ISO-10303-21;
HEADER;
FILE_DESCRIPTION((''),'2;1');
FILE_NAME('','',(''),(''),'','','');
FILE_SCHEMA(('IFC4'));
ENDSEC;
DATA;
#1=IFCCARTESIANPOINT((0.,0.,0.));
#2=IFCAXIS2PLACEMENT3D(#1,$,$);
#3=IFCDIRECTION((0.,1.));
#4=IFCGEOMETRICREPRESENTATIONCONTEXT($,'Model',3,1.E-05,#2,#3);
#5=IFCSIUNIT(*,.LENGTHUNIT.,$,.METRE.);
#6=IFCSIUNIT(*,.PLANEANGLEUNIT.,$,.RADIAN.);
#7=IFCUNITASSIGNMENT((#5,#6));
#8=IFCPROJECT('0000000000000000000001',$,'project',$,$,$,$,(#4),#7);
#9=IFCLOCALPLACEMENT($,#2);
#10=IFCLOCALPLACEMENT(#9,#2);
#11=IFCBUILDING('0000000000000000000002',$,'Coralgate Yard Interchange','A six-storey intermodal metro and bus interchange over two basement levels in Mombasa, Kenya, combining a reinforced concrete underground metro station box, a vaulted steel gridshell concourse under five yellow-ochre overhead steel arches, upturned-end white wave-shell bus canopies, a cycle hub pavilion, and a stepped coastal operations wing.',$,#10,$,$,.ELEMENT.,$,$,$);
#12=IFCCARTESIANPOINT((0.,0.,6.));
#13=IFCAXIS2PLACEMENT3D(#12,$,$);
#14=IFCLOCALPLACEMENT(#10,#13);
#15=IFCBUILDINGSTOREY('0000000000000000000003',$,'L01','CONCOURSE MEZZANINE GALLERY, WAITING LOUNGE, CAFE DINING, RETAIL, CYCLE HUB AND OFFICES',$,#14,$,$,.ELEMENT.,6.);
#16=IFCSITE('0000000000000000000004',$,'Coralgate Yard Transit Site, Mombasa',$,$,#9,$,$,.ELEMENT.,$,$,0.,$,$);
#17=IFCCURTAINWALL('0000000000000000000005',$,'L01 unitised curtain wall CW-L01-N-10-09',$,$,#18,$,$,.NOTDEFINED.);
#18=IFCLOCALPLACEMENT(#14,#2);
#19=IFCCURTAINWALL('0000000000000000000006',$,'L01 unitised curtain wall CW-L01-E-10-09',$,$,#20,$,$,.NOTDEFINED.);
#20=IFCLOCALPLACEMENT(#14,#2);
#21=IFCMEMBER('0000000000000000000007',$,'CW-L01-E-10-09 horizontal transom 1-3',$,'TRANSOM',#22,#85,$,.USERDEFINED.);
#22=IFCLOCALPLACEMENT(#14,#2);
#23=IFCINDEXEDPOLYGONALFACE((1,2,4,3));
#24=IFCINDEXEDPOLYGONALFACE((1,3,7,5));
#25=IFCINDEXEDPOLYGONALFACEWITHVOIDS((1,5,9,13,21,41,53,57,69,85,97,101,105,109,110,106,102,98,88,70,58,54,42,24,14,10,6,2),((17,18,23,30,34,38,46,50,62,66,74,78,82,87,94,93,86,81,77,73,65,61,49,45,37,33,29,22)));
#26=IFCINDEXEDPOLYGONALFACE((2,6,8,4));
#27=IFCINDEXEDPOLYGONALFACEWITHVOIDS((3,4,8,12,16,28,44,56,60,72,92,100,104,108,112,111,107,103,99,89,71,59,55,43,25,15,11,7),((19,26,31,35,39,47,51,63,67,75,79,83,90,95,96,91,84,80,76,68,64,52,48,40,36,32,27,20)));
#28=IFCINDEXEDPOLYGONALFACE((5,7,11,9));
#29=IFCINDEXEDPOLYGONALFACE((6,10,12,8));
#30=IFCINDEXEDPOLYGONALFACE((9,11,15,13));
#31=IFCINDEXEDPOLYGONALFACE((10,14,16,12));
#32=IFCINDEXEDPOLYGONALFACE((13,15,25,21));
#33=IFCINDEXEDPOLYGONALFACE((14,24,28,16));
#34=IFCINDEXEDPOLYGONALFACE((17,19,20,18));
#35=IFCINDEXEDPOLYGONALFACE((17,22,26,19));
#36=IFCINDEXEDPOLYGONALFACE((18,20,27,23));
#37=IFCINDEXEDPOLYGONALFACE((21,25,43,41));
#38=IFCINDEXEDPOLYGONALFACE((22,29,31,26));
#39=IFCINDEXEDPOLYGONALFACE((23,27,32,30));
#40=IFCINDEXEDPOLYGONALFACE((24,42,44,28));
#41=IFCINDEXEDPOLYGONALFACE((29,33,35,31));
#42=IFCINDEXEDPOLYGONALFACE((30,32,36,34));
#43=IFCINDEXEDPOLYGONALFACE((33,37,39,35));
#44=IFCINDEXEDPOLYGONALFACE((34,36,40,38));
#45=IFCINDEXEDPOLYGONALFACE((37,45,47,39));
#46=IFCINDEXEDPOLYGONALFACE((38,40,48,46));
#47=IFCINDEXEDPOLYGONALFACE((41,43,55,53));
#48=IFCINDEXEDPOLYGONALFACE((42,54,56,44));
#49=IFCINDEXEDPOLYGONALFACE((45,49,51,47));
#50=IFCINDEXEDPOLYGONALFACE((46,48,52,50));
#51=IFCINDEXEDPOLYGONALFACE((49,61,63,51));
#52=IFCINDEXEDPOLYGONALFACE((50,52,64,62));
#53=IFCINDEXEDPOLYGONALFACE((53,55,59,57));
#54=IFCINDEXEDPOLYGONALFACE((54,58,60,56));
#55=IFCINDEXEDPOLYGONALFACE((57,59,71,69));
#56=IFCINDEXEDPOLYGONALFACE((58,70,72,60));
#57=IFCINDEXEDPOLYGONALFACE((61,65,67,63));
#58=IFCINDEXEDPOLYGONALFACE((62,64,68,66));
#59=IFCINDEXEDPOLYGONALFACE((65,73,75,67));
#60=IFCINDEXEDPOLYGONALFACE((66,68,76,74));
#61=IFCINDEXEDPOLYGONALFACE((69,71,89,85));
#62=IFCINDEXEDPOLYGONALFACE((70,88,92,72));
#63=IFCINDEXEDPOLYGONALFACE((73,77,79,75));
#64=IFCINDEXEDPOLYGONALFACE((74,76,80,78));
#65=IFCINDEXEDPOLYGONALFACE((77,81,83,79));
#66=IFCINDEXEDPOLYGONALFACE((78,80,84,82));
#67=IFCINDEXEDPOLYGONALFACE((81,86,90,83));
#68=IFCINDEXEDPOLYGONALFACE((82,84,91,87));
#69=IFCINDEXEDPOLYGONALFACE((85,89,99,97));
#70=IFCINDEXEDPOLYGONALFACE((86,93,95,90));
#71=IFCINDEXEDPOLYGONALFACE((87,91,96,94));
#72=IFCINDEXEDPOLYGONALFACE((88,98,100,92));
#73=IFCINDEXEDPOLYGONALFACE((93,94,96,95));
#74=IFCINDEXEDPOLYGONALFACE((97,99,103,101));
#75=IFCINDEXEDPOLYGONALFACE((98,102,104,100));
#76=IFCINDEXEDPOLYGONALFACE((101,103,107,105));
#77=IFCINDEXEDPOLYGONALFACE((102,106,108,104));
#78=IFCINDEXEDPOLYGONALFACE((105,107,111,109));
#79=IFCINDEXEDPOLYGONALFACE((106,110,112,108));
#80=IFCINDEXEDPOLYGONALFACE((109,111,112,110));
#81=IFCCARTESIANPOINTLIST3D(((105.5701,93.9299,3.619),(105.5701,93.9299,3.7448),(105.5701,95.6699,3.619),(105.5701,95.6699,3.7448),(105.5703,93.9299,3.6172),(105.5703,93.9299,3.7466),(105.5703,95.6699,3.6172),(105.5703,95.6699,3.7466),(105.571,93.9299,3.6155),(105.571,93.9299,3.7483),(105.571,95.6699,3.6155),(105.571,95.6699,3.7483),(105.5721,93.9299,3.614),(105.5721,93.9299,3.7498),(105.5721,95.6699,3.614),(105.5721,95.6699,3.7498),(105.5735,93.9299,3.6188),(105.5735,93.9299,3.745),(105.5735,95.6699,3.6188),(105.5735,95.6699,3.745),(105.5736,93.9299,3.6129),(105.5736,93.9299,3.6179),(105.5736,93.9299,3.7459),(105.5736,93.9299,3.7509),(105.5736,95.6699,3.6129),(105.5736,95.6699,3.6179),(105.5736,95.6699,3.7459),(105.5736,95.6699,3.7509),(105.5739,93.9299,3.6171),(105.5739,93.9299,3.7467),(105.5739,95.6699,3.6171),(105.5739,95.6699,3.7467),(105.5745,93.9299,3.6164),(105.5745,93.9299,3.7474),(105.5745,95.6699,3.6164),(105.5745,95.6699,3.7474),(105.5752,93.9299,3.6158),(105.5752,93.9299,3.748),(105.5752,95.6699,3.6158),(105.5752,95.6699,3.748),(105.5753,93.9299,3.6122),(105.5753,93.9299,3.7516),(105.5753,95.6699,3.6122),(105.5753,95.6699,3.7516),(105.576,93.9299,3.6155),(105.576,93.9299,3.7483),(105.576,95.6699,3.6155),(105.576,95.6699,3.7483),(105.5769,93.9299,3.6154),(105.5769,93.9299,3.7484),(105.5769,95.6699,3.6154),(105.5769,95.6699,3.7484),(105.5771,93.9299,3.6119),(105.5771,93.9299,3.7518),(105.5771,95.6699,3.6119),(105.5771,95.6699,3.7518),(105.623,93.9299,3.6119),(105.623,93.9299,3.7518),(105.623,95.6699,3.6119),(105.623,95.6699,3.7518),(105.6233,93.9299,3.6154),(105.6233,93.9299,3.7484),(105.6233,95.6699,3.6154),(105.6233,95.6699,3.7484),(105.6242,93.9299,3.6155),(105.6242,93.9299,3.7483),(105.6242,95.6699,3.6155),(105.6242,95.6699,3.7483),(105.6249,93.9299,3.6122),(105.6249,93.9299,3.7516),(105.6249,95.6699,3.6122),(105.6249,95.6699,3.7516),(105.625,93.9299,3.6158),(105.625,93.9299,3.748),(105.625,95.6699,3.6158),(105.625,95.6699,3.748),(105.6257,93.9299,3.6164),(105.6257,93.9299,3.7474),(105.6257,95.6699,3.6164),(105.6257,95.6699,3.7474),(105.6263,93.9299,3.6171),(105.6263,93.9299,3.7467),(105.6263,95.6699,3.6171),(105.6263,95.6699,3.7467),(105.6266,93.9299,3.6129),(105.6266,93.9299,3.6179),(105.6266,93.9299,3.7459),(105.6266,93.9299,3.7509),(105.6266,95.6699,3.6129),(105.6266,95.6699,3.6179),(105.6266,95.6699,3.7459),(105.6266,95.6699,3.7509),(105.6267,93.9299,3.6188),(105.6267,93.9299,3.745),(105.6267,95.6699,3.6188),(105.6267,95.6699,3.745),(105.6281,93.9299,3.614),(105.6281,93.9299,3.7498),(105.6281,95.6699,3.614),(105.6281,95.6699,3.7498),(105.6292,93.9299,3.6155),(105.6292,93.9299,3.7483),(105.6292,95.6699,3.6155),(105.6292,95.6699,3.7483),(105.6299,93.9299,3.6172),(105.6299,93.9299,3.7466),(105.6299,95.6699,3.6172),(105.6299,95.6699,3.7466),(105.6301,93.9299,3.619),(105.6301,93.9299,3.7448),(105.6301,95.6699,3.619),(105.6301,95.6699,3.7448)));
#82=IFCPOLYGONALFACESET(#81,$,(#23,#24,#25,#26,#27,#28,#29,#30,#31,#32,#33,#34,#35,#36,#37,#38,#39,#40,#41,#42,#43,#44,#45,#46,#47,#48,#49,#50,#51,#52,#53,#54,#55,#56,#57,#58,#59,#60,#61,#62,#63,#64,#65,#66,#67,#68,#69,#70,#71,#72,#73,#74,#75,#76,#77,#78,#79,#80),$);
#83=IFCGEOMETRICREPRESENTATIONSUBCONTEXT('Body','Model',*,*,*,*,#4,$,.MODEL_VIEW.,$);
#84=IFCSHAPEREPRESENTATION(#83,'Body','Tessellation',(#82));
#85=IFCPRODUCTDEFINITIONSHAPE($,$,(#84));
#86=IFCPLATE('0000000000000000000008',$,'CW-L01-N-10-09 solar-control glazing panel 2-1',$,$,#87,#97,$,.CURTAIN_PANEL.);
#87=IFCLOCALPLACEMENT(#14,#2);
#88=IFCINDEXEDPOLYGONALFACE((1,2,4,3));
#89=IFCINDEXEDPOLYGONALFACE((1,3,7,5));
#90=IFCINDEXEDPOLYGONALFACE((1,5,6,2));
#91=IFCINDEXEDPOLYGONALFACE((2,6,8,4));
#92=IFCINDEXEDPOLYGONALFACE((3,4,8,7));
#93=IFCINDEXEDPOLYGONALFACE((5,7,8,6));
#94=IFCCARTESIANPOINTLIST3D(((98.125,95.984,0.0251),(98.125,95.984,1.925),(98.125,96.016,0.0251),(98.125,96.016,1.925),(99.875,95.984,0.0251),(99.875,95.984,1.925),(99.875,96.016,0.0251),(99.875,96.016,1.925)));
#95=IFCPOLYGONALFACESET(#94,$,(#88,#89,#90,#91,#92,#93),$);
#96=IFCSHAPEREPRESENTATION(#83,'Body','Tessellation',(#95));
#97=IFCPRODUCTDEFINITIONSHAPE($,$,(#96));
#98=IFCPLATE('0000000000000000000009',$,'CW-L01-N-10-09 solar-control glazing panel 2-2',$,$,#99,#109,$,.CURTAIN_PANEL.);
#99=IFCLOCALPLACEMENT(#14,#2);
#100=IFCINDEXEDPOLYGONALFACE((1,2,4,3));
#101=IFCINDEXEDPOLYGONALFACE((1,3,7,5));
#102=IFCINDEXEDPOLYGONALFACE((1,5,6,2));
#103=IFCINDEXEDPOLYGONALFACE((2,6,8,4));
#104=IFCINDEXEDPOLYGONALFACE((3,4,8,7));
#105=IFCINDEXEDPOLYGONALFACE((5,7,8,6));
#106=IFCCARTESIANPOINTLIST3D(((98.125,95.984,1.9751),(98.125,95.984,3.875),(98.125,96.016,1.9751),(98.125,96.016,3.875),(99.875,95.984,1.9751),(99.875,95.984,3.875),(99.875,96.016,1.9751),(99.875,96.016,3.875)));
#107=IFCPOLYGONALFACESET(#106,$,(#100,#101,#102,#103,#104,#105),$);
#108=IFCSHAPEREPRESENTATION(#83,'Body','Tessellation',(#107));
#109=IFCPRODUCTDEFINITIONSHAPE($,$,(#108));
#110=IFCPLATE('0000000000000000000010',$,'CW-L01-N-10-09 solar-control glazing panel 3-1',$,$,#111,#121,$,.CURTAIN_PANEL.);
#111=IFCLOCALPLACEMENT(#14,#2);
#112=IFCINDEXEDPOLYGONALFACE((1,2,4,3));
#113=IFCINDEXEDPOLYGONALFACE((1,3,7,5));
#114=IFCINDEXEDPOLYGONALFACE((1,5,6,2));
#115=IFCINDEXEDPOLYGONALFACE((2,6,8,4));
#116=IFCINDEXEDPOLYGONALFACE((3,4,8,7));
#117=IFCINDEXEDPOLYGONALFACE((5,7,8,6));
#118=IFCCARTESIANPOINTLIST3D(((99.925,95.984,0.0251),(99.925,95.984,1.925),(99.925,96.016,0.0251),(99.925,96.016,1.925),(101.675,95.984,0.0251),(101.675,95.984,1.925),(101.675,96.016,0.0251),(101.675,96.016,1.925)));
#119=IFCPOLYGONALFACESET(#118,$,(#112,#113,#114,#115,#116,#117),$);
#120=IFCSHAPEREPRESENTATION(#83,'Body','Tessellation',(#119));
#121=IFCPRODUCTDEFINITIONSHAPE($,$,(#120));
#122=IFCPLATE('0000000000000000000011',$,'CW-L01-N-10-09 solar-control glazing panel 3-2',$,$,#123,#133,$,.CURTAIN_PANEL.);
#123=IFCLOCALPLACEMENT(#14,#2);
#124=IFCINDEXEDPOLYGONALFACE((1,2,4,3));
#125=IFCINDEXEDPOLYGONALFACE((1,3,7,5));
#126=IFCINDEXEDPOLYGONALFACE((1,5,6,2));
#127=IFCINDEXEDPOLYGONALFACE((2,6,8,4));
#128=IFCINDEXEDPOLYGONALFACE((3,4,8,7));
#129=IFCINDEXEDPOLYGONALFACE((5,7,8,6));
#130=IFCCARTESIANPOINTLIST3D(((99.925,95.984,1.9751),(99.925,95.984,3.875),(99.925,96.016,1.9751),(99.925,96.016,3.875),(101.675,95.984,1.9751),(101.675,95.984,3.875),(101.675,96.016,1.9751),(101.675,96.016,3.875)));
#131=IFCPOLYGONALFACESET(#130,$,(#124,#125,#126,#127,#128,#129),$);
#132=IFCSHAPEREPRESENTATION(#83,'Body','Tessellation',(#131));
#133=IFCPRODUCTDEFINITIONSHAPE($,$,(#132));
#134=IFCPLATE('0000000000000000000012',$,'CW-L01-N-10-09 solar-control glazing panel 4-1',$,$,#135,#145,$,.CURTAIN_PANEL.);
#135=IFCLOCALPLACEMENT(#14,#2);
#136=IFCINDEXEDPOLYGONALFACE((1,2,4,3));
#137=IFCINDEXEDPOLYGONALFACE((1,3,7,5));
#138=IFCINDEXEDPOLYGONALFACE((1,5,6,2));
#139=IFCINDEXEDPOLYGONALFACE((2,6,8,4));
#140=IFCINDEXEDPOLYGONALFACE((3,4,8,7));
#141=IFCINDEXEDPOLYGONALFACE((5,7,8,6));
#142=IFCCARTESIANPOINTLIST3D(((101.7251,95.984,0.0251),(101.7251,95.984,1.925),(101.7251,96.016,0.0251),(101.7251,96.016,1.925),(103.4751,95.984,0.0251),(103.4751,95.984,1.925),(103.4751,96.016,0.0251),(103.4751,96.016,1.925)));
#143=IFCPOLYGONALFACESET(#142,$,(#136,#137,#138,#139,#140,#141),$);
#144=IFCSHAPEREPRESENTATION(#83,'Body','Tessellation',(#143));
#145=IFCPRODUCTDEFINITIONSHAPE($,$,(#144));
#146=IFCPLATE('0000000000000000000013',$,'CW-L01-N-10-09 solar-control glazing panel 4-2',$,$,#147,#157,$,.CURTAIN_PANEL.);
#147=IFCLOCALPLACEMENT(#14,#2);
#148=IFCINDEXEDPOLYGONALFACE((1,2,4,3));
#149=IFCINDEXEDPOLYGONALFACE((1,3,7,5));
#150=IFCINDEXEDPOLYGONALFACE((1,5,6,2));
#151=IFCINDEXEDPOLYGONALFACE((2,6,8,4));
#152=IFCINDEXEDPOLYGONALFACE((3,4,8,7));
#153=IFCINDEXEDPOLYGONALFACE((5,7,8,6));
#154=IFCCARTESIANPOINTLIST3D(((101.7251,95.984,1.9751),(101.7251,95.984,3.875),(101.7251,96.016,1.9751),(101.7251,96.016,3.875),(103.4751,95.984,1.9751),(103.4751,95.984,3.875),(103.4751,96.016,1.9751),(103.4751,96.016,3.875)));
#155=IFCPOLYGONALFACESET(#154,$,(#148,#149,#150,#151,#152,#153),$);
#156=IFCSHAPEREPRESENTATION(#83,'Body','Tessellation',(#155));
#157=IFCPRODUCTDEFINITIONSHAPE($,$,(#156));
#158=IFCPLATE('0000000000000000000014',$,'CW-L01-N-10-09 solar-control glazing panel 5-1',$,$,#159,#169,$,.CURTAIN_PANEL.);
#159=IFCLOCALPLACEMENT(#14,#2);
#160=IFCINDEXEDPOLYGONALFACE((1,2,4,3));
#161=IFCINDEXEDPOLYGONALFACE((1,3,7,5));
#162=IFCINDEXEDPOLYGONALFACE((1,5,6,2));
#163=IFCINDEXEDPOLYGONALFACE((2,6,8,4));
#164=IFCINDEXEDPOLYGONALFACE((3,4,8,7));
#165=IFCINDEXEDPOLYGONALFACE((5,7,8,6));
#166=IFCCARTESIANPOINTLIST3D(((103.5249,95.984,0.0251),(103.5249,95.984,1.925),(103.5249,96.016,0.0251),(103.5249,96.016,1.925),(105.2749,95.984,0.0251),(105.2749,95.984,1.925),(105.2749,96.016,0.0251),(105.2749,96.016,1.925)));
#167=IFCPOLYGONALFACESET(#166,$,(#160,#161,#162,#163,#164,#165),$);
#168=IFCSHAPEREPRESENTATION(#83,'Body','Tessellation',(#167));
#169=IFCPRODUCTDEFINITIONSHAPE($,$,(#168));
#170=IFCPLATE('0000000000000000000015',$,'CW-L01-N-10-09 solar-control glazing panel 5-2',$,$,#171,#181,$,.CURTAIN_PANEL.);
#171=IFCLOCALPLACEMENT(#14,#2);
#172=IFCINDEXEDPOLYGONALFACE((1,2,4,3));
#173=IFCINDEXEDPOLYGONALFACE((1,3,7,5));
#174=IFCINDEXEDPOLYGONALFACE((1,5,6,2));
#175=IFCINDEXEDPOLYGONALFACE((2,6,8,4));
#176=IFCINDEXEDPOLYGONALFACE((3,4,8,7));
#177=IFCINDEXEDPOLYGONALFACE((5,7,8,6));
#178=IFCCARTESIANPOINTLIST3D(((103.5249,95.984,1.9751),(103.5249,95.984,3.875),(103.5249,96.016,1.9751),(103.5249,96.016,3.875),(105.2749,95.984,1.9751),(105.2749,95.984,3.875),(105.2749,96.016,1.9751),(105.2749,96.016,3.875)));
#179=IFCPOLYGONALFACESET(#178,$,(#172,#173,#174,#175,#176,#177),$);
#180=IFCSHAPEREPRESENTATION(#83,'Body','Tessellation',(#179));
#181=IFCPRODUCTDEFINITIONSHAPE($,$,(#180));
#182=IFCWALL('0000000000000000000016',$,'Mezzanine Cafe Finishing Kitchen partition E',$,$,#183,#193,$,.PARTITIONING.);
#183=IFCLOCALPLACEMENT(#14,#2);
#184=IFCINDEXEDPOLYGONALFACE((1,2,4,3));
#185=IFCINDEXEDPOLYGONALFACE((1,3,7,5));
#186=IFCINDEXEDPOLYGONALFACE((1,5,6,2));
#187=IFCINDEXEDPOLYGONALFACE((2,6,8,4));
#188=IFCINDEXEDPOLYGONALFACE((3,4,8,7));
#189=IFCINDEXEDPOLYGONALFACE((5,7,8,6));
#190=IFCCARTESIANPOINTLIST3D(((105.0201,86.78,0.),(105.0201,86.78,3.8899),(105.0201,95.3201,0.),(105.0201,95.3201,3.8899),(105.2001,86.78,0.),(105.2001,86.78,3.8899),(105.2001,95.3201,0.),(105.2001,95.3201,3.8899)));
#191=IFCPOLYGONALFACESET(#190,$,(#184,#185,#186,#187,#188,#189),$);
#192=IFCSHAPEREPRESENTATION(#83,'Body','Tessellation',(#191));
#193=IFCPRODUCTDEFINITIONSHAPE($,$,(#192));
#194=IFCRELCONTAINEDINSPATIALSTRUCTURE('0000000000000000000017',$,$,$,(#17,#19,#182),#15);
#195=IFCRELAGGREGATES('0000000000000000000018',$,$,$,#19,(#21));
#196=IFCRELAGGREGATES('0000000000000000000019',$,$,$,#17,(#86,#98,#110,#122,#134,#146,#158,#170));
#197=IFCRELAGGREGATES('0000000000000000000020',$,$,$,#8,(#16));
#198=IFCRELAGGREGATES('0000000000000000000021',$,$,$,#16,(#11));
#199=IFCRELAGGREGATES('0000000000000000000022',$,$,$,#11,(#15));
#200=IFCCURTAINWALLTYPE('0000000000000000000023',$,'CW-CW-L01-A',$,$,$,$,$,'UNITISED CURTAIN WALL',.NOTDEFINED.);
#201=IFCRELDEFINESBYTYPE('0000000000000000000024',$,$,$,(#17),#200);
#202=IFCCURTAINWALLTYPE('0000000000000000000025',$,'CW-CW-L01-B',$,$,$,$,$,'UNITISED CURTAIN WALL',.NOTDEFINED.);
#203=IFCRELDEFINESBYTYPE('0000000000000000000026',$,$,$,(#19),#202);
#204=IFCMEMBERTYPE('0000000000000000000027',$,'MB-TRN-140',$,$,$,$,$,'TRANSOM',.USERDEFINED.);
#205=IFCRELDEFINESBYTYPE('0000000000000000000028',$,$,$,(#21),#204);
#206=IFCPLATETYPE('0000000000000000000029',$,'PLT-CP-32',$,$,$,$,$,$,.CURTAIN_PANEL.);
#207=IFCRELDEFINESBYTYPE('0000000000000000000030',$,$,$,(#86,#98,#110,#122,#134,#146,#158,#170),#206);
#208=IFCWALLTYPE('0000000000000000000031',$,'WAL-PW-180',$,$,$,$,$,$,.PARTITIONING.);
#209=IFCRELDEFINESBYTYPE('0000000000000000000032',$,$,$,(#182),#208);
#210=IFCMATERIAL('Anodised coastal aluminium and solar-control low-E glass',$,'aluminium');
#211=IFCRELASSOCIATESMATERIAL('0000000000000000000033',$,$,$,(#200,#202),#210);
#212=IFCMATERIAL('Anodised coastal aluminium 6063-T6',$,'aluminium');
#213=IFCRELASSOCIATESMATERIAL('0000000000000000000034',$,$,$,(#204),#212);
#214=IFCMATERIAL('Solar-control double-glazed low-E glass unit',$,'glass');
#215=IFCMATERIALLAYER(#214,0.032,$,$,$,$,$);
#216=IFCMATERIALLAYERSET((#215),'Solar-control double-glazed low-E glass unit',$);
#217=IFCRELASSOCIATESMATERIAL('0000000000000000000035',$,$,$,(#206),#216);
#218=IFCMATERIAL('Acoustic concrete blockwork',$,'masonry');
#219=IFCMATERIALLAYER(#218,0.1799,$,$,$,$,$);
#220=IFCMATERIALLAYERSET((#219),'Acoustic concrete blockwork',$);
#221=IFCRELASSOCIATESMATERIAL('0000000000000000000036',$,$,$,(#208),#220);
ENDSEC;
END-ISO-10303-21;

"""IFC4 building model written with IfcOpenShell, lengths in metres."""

from ifc_helpers import new_model, si_unit, direction, frame, frame_2d, origin, origin_2d, place, context, subcontext, project, spatial, rectangle, hollow_rectangle, extrude, material, layer, layer_set, material_profile, profile_set, type_object, element, aggregate, save


model = new_model("IFC4")

# Units and contexts
model_context = context("Model", 3, precision=1e-05, world=origin(), true_north=direction((0.0, 1.0)))
body_context = subcontext(model_context, "Body", "Model", "MODEL_VIEW")
ifc_project = project(units=[si_unit("LENGTHUNIT", "METRE"), si_unit("PLANEANGLEUNIT", "RADIAN")], contexts=[model_context])

# Site, building, storey
site_placement = place(None, origin())
site = spatial("IfcSite", under=ifc_project, at=site_placement, Name="Coralgate Yard Transit Site, Mombasa", CompositionType="ELEMENT", RefElevation=0.0)
building_placement = place(site_placement, origin())
building = spatial("IfcBuilding", under=site, at=building_placement, Name="Coralgate Yard Interchange", Description="A six-storey intermodal metro and bus interchange over two basement levels in Mombasa, Kenya, combining a reinforced concrete underground metro station box, a vaulted steel gridshell concourse under five yellow-ochre overhead steel arches, upturned-end white wave-shell bus canopies, a cycle hub pavilion, and a stepped coastal operations wing.", CompositionType="ELEMENT")
storey_placement = place(building_placement, frame((0.0, 0.0, 6.0)))
storey = spatial("IfcBuildingStorey", under=building, at=storey_placement, Name="L01", Description="CONCOURSE MEZZANINE GALLERY, WAITING LOUNGE, CAFE DINING, RETAIL, CYCLE HUB AND OFFICES", CompositionType="ELEMENT", Elevation=6.0)

# Curtain wall
ifc_material_1 = material(Name="Anodised coastal aluminium and solar-control low-E glass", Category="aluminium")
curtain_wall_type_1 = type_object("IfcCurtainWallType", Name="CW-CW-L01-A", ElementType="UNITISED CURTAIN WALL", PredefinedType="NOTDEFINED", material=ifc_material_1)
curtain_wall_1_placement = place(storey_placement, origin())
curtain_wall_1 = element("IfcCurtainWall", 1, at=curtain_wall_1_placement, inside=storey, type_object=curtain_wall_type_1, Name="L01 unitised curtain wall CW-L01-N-10-09", PredefinedType="NOTDEFINED")
ifc_material_2 = material(Name="Anodised coastal aluminium 6063-T6", Category="aluminium")

# Curtain wall
curtain_wall_type_2 = type_object("IfcCurtainWallType", Name="CW-CW-L01-B", ElementType="UNITISED CURTAIN WALL", PredefinedType="NOTDEFINED", material=ifc_material_1)
curtain_wall_2_placement = place(storey_placement, origin())
curtain_wall_2 = element("IfcCurtainWall", 2, at=curtain_wall_2_placement, inside=storey, type_object=curtain_wall_type_2, Name="L01 unitised curtain wall CW-L01-E-10-09", PredefinedType="NOTDEFINED")

# Member
ifc_material_profile_1 = material_profile(ifc_material_2, hollow_rectangle(XDim=0.0601, YDim=0.1399, WallThickness=0.0034, InnerFilletRadius=0.0034, OuterFilletRadius=0.0071, at=origin_2d()), Name="ALU 60x140x3.5")
ifc_profile_set_1 = profile_set([ifc_material_profile_1], Name="Anodised coastal aluminium 6063-T6")
member_type_1 = type_object("IfcMemberType", Name="MB-TRN-140", ElementType="TRANSOM", PredefinedType="USERDEFINED", material=ifc_profile_set_1)
member_1_placement = place(storey_placement, frame((105.6001, 95.6699, 3.6819), z_axis=(0.0, -1.0, 0.0), x_axis=(1.0, 0.0, 0.0)))
member_1 = element("IfcMember", 3, at=member_1_placement, type_object=member_type_1, Name="CW-L01-E-10-09 horizontal transom 1-3", ObjectType="TRANSOM", PredefinedType="USERDEFINED", context=body_context, shape_type="SweptSolid", body=[
    extrude(hollow_rectangle(XDim=0.0601, YDim=0.1399, WallThickness=0.0034, InnerFilletRadius=0.0034, OuterFilletRadius=0.0071, at=origin_2d()), origin(), (0.0, 0.0, 1.0), 1.74),
])
aggregate(curtain_wall_2, [member_1])

# Plates
ifc_material_3 = material(Name="Solar-control double-glazed low-E glass unit", Category="glass")
ifc_layer_1 = layer(ifc_material_3, 0.032)
ifc_layer_set_1 = layer_set([ifc_layer_1], Name="Solar-control double-glazed low-E glass unit")
plate_type = type_object("IfcPlateType", Name="PLT-CP-32", PredefinedType="CURTAIN_PANEL", material=ifc_layer_set_1)
plate_1_placement = place(storey_placement, frame((99.0, 96.0, 0.0251), z_axis=(0.0, 0.0, 1.0), x_axis=(1.0, 0.0, 0.0)))
plate_1 = element("IfcPlate", 4, at=plate_1_placement, type_object=plate_type, Name="CW-L01-N-10-09 solar-control glazing panel 2-1", PredefinedType="CURTAIN_PANEL", context=body_context, shape_type="SweptSolid", body=[
    extrude(rectangle(XDim=1.75, YDim=0.032, at=origin_2d()), origin(), (0.0, 0.0, 1.0), 1.8999),
])
plate_2_placement = place(storey_placement, frame((99.0, 96.0, 1.9751), z_axis=(0.0, 0.0, 1.0), x_axis=(1.0, 0.0, 0.0)))
plate_2 = element("IfcPlate", 5, at=plate_2_placement, type_object=plate_type, Name="CW-L01-N-10-09 solar-control glazing panel 2-2", PredefinedType="CURTAIN_PANEL", context=body_context, shape_type="SweptSolid", body=[
    extrude(rectangle(XDim=1.75, YDim=0.032, at=origin_2d()), origin(), (0.0, 0.0, 1.0), 1.8999),
])
plate_3_placement = place(storey_placement, frame((100.8, 96.0, 0.0251), z_axis=(0.0, 0.0, 1.0), x_axis=(1.0, 0.0, 0.0)))
plate_3 = element("IfcPlate", 6, at=plate_3_placement, type_object=plate_type, Name="CW-L01-N-10-09 solar-control glazing panel 3-1", PredefinedType="CURTAIN_PANEL", context=body_context, shape_type="SweptSolid", body=[
    extrude(rectangle(XDim=1.75, YDim=0.032, at=origin_2d()), origin(), (0.0, 0.0, 1.0), 1.8999),
])
plate_4_placement = place(storey_placement, frame((100.8, 96.0, 1.9751), z_axis=(0.0, 0.0, 1.0), x_axis=(1.0, 0.0, 0.0)))
plate_4 = element("IfcPlate", 7, at=plate_4_placement, type_object=plate_type, Name="CW-L01-N-10-09 solar-control glazing panel 3-2", PredefinedType="CURTAIN_PANEL", context=body_context, shape_type="SweptSolid", body=[
    extrude(rectangle(XDim=1.75, YDim=0.032, at=origin_2d()), origin(), (0.0, 0.0, 1.0), 1.8999),
])
plate_5_placement = place(storey_placement, frame((102.6001, 96.0, 0.0251), z_axis=(0.0, 0.0, 1.0), x_axis=(1.0, 0.0, 0.0)))
plate_5 = element("IfcPlate", 8, at=plate_5_placement, type_object=plate_type, Name="CW-L01-N-10-09 solar-control glazing panel 4-1", PredefinedType="CURTAIN_PANEL", context=body_context, shape_type="SweptSolid", body=[
    extrude(rectangle(XDim=1.75, YDim=0.032, at=origin_2d()), origin(), (0.0, 0.0, 1.0), 1.8999),
])
plate_6_placement = place(storey_placement, frame((102.6001, 96.0, 1.9751), z_axis=(0.0, 0.0, 1.0), x_axis=(1.0, 0.0, 0.0)))
plate_6 = element("IfcPlate", 9, at=plate_6_placement, type_object=plate_type, Name="CW-L01-N-10-09 solar-control glazing panel 4-2", PredefinedType="CURTAIN_PANEL", context=body_context, shape_type="SweptSolid", body=[
    extrude(rectangle(XDim=1.75, YDim=0.032, at=origin_2d()), origin(), (0.0, 0.0, 1.0), 1.8999),
])
plate_7_placement = place(storey_placement, frame((104.3999, 96.0, 0.0251), z_axis=(0.0, 0.0, 1.0), x_axis=(1.0, 0.0, 0.0)))
plate_7 = element("IfcPlate", 10, at=plate_7_placement, type_object=plate_type, Name="CW-L01-N-10-09 solar-control glazing panel 5-1", PredefinedType="CURTAIN_PANEL", context=body_context, shape_type="SweptSolid", body=[
    extrude(rectangle(XDim=1.75, YDim=0.032, at=origin_2d()), origin(), (0.0, 0.0, 1.0), 1.8999),
])
plate_8_placement = place(storey_placement, frame((104.3999, 96.0, 1.9751), z_axis=(0.0, 0.0, 1.0), x_axis=(1.0, 0.0, 0.0)))
plate_8 = element("IfcPlate", 11, at=plate_8_placement, type_object=plate_type, Name="CW-L01-N-10-09 solar-control glazing panel 5-2", PredefinedType="CURTAIN_PANEL", context=body_context, shape_type="SweptSolid", body=[
    extrude(rectangle(XDim=1.75, YDim=0.032, at=origin_2d()), origin(), (0.0, 0.0, 1.0), 1.8999),
])
aggregate(curtain_wall_1, [plate_1, plate_2, plate_3, plate_4, plate_5, plate_6, plate_7, plate_8])

# Wall
ifc_material_4 = material(Name="Acoustic concrete blockwork", Category="masonry")
ifc_layer_2 = layer(ifc_material_4, 0.1799)
ifc_layer_set_2 = layer_set([ifc_layer_2], Name="Acoustic concrete blockwork")
wall_type = type_object("IfcWallType", Name="WAL-PW-180", PredefinedType="PARTITIONING", material=ifc_layer_set_2)
wall_placement = place(storey_placement, frame((105.1101, 95.3201, 0.0), z_axis=(0.0, 0.0, 1.0), x_axis=(0.0, -1.0, 0.0)))
element("IfcWall", 12, at=wall_placement, inside=storey, type_object=wall_type, Name="Mezzanine Cafe Finishing Kitchen partition E", PredefinedType="PARTITIONING", context=body_context, shape_type="SweptSolid", body=[
    extrude(rectangle(XDim=8.54, YDim=0.1799, at=frame_2d((4.27, 0.0))), origin(), (0.0, 0.0, 1.0), 3.8899),
])

save(model, "model.ifc")
